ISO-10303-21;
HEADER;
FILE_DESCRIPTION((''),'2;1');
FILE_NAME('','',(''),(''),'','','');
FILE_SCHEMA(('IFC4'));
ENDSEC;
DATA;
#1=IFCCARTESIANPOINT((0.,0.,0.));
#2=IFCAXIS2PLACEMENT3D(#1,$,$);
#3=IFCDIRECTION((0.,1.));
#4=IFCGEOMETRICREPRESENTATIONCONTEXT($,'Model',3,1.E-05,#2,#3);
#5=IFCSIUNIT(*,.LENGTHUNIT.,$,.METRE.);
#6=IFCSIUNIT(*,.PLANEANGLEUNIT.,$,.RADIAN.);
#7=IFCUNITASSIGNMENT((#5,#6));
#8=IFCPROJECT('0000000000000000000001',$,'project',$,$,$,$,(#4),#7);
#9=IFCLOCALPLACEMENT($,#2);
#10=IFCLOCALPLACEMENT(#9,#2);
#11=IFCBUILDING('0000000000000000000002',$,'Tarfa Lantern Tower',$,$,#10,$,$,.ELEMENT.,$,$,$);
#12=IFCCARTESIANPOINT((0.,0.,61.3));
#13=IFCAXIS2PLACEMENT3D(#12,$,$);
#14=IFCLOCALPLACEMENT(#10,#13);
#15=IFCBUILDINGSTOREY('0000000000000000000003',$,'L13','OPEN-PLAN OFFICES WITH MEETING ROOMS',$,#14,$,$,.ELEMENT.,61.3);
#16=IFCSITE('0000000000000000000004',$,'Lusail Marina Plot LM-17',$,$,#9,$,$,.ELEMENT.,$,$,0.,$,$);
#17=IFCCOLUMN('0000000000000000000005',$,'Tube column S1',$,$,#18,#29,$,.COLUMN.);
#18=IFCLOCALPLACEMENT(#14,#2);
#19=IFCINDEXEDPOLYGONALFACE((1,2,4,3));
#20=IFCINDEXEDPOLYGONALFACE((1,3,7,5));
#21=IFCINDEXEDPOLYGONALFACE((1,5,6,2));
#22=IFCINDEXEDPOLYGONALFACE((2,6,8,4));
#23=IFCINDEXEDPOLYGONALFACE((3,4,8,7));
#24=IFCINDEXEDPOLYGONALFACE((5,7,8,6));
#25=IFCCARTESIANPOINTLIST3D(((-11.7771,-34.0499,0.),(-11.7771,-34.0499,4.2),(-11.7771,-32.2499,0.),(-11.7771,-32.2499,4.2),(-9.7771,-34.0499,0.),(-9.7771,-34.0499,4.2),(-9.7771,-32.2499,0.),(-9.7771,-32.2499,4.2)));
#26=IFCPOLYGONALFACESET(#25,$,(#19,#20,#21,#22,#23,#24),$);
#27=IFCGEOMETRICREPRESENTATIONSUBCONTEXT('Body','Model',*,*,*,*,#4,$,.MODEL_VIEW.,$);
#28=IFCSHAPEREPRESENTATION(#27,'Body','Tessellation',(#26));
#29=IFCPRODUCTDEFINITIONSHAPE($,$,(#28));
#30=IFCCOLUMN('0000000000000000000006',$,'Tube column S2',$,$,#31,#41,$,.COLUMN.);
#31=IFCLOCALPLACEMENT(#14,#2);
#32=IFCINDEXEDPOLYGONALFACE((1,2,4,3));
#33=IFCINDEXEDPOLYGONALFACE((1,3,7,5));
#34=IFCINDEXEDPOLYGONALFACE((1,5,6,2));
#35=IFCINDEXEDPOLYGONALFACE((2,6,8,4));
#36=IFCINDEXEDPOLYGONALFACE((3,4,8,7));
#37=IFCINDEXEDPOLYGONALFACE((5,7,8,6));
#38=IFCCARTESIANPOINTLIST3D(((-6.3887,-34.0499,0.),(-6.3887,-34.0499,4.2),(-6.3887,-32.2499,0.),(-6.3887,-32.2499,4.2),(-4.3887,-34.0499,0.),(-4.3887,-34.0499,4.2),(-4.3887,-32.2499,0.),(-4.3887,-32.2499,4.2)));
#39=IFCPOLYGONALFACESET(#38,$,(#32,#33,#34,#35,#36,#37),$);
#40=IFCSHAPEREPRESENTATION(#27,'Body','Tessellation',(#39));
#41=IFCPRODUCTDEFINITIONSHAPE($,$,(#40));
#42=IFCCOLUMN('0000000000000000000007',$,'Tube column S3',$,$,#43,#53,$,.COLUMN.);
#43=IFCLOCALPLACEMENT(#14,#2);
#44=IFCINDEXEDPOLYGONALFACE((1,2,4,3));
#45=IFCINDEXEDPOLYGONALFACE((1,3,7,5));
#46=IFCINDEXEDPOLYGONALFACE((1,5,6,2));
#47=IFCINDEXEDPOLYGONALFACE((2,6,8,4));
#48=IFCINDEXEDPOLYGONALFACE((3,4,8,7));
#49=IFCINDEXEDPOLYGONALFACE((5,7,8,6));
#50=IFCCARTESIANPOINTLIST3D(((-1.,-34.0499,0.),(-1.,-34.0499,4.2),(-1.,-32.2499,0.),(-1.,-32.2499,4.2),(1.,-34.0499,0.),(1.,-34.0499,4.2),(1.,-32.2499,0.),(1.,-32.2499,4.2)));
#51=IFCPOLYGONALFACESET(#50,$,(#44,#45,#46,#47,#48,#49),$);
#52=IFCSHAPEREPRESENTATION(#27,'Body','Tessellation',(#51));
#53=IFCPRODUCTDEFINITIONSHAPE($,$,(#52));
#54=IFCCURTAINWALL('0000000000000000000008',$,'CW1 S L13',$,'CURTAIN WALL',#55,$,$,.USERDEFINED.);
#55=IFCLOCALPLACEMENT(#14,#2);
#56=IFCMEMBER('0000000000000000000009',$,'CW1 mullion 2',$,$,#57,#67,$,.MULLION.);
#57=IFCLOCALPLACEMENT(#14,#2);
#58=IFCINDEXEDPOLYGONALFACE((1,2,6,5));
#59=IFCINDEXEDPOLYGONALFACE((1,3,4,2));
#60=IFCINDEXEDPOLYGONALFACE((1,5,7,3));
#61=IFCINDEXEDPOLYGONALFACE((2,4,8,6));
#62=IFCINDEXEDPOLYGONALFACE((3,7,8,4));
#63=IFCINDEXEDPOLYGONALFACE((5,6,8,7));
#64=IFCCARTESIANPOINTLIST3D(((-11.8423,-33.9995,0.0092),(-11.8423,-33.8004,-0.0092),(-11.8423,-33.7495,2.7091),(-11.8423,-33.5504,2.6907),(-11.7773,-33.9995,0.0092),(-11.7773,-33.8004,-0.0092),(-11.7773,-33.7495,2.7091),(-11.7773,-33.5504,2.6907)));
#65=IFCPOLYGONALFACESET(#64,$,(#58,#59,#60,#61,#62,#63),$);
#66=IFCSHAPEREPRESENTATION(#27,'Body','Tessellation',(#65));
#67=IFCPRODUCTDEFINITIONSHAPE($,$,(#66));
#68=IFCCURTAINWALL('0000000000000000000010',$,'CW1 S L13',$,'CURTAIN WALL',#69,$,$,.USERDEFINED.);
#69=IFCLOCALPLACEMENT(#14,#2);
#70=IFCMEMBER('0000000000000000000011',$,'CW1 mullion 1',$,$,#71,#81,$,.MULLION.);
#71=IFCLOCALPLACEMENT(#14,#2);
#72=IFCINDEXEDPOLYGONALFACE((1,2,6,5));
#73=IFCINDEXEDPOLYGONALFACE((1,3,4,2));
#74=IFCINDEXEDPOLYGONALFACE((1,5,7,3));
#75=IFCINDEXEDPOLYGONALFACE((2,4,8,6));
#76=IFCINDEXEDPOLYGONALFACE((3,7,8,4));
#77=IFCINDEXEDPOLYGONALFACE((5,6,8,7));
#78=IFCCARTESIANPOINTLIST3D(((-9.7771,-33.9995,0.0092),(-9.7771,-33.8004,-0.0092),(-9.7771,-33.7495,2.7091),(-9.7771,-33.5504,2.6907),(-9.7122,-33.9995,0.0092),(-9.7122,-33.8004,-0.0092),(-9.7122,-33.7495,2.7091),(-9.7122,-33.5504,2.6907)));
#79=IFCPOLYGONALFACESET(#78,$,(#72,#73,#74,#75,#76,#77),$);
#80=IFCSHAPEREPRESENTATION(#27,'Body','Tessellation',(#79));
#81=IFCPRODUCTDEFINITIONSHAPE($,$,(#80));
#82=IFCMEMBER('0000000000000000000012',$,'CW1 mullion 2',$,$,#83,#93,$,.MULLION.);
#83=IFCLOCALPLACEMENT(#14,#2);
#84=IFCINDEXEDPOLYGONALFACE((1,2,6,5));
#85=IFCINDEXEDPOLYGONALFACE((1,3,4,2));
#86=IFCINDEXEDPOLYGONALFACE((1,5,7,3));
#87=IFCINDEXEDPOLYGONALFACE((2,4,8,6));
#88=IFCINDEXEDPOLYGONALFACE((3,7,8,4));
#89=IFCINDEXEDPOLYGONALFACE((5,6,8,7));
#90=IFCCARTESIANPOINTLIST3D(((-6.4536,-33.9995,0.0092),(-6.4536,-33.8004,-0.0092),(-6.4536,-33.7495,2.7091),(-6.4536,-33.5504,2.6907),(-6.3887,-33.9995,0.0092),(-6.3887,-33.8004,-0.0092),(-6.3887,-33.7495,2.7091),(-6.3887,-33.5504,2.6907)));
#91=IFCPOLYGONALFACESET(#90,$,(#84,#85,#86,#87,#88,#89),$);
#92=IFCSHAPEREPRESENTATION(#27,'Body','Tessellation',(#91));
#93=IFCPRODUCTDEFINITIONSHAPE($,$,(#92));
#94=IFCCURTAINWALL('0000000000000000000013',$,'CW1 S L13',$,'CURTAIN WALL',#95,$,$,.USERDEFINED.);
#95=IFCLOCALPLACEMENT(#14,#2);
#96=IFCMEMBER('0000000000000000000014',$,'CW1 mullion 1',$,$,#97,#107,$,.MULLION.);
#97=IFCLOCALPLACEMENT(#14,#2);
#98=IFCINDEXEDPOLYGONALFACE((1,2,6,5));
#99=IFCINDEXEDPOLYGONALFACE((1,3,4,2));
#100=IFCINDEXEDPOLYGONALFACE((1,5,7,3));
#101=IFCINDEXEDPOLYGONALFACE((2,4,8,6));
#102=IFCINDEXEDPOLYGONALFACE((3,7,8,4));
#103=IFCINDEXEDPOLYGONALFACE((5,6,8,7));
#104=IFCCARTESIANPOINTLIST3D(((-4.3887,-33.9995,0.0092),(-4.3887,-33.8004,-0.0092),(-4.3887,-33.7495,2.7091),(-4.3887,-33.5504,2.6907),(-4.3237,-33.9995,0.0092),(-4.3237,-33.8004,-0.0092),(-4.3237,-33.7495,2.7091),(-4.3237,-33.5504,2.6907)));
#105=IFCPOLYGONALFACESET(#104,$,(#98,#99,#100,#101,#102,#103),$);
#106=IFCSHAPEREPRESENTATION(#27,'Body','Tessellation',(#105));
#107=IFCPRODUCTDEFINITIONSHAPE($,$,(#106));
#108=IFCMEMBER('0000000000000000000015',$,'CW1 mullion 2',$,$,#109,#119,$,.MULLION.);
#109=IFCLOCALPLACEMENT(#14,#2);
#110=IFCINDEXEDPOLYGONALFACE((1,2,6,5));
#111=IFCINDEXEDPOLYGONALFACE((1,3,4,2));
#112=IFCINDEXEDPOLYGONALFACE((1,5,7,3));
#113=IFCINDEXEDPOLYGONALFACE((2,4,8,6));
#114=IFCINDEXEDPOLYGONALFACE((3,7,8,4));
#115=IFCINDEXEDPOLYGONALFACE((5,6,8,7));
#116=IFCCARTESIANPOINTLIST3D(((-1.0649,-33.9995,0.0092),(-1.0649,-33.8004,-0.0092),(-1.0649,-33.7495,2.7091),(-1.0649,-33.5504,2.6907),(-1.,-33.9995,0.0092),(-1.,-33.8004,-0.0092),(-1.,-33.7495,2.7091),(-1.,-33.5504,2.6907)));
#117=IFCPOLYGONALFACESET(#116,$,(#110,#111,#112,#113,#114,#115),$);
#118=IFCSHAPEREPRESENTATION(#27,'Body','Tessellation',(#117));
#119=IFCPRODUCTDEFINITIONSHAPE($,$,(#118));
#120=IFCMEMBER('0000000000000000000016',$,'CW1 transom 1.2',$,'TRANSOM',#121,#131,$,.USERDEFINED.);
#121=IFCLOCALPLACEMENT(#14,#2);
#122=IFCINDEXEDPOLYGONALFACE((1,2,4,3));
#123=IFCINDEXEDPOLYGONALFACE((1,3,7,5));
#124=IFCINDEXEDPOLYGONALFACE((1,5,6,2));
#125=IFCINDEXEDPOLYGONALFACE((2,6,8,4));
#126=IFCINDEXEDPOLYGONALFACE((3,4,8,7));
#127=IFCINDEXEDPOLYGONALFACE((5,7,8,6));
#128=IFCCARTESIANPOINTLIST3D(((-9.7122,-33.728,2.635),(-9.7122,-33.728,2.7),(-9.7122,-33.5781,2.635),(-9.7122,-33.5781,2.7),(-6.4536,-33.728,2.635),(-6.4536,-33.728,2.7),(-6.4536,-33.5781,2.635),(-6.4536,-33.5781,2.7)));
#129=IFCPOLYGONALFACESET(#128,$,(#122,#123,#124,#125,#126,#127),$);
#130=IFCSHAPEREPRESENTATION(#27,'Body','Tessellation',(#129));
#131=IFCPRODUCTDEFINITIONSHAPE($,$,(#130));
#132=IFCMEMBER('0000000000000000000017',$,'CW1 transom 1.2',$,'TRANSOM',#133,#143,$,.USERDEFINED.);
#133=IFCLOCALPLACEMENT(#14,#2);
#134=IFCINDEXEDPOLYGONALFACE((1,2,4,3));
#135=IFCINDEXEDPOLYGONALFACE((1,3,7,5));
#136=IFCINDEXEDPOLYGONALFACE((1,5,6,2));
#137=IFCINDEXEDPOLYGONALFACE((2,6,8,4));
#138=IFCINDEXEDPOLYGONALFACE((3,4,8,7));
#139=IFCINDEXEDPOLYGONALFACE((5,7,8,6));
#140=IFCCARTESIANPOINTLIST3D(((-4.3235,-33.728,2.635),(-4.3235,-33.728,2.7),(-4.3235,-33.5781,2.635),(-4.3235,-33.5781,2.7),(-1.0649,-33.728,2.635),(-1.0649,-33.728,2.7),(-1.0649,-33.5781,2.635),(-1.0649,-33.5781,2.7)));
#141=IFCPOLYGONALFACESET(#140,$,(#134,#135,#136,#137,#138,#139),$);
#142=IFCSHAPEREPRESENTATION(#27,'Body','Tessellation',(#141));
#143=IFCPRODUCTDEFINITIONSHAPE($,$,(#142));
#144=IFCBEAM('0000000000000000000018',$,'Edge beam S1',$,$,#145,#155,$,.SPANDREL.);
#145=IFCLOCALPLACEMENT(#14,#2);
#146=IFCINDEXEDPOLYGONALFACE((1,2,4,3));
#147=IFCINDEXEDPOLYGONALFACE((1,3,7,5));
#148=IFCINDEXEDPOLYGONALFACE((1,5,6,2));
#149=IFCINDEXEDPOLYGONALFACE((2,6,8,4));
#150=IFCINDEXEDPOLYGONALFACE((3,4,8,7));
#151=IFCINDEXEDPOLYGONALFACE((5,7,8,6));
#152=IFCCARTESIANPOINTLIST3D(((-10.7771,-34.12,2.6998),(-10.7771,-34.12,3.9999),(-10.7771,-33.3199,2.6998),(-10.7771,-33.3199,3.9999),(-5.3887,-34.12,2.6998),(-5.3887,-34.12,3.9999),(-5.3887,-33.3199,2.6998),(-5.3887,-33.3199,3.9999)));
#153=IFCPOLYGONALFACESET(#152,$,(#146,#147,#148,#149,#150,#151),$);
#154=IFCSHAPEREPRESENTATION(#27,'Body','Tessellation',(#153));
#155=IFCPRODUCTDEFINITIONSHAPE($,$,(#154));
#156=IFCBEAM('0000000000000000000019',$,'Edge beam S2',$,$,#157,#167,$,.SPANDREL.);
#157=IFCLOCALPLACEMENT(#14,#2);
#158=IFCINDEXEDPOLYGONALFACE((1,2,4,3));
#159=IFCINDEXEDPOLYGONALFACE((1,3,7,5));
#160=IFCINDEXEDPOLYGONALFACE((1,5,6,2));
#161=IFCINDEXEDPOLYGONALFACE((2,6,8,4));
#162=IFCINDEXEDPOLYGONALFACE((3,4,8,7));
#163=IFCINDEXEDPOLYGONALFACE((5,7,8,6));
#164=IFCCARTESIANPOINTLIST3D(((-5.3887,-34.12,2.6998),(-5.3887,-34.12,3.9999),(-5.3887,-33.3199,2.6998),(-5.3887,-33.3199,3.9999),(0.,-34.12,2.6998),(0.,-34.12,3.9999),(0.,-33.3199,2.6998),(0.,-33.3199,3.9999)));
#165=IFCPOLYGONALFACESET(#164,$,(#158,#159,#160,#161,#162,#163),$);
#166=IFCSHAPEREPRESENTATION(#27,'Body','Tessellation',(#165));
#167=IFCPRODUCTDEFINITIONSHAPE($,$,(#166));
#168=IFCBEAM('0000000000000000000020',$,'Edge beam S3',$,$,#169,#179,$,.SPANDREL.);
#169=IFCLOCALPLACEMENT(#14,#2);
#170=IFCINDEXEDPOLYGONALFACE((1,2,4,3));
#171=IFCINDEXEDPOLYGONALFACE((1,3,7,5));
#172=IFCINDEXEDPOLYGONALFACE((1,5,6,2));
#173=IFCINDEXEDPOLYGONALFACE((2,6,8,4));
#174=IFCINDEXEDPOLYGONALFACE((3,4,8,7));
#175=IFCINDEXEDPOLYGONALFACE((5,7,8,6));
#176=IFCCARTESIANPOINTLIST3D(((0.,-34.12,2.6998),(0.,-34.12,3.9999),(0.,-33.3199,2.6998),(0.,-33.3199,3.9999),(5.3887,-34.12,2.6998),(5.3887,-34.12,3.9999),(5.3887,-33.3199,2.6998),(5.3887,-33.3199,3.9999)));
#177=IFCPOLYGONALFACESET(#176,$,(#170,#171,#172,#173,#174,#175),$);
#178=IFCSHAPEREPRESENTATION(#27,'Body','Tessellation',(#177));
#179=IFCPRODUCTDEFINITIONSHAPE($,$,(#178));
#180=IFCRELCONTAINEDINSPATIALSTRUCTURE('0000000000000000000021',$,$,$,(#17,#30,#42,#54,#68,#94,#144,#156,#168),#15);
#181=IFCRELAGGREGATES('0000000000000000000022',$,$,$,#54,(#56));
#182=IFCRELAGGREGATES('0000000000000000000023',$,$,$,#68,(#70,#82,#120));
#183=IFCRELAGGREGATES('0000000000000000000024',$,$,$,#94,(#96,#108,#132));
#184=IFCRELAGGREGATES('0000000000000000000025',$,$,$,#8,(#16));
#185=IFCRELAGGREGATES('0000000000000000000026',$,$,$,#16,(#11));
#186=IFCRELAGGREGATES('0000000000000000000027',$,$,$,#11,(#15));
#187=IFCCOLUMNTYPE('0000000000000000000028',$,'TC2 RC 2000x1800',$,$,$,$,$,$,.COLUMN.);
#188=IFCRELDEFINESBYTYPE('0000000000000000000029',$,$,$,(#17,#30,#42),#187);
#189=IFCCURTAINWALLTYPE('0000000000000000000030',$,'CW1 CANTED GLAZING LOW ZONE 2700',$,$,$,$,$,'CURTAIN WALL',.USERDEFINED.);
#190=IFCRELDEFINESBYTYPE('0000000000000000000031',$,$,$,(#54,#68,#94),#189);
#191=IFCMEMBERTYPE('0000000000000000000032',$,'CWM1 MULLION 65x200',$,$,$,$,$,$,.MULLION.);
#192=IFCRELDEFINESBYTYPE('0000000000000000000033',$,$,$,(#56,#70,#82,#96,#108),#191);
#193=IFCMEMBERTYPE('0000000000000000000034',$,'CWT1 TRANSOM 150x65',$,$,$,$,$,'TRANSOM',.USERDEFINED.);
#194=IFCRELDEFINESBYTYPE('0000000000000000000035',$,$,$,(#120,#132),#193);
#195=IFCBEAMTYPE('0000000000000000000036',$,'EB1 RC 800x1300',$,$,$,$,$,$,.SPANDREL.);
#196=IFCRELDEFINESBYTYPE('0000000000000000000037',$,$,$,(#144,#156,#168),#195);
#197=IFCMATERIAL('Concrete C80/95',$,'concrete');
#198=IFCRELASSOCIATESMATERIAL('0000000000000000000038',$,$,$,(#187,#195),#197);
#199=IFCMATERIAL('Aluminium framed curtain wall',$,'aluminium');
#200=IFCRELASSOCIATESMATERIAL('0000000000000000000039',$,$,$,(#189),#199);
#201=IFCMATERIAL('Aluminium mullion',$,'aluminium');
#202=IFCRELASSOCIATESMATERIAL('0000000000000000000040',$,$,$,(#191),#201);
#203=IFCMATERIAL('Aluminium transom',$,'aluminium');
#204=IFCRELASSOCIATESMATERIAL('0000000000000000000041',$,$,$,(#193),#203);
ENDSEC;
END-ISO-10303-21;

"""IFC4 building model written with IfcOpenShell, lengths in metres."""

from ifc_helpers import new_model, si_unit, direction, frame, origin, origin_2d, place, context, subcontext, project, spatial, rectangle, extrude, material, material_profile, profile_set, type_object, element, aggregate, save


model = new_model("IFC4")

# Units and contexts
model_context = context("Model", 3, precision=1e-05, world=origin(), true_north=direction((0.0, 1.0)))
body_context = subcontext(model_context, "Body", "Model", "MODEL_VIEW")
ifc_project = project(units=[si_unit("LENGTHUNIT", "METRE"), si_unit("PLANEANGLEUNIT", "RADIAN")], contexts=[model_context])

# Site, building, storey
site_placement = place(None, origin())
site = spatial("IfcSite", under=ifc_project, at=site_placement, Name="Lusail Marina Plot LM-17", CompositionType="ELEMENT", RefElevation=0.0)
building_placement = place(site_placement, origin())
building = spatial("IfcBuilding", under=site, at=building_placement, Name="Tarfa Lantern Tower", CompositionType="ELEMENT")
storey_placement = place(building_placement, frame((0.0, 0.0, 61.3)))
storey = spatial("IfcBuildingStorey", under=building, at=storey_placement, Name="L13", Description="OPEN-PLAN OFFICES WITH MEETING ROOMS", CompositionType="ELEMENT", Elevation=61.3)

# Columns
ifc_material_1 = material(Name="Concrete C80/95", Category="concrete")
ifc_material_profile_1 = material_profile(ifc_material_1, rectangle(XDim=2.0, YDim=1.8, at=origin_2d()), Name="RC 2000x1800")
ifc_profile_set_1 = profile_set([ifc_material_profile_1], Name="Concrete C80/95")
column_type = type_object("IfcColumnType", Name="TC2 RC 2000x1800", PredefinedType="COLUMN", material=ifc_profile_set_1)
for number, where, z_axis, x_axis, name in (
    (1, (-10.7771, -33.1499, 0.0), (0.0, 0.0, 1.0), (1.0, 0.0, 0.0), "Tube column S1"),
    (2, (-5.3887, -33.1499, 0.0), (0.0, 0.0, 1.0), (1.0, 0.0, 0.0), "Tube column S2"),
    (3, (0.0, -33.1499, 0.0), (0.0, 0.0, 1.0), (1.0, 0.0, 0.0), "Tube column S3"),
):
    element("IfcColumn", number, at=place(storey_placement, frame(where, z_axis=z_axis, x_axis=x_axis)), inside=storey, type_object=column_type, Name=name, PredefinedType="COLUMN", context=body_context, shape_type="SweptSolid", body=[
        extrude(rectangle(XDim=2.0, YDim=1.8, at=origin_2d()), origin(), (0.0, 0.0, 1.0), 4.2),
    ])

# Curtain wall, member
ifc_material_2 = material(Name="Aluminium framed curtain wall", Category="aluminium")
curtain_wall_type = type_object("IfcCurtainWallType", Name="CW1 CANTED GLAZING LOW ZONE 2700", ElementType="CURTAIN WALL", PredefinedType="USERDEFINED", material=ifc_material_2)
curtain_wall_1_placement = place(storey_placement, origin())
curtain_wall_1 = element("IfcCurtainWall", 4, at=curtain_wall_1_placement, inside=storey, type_object=curtain_wall_type, Name="CW1 S L13", ObjectType="CURTAIN WALL", PredefinedType="USERDEFINED")
ifc_material_3 = material(Name="Aluminium mullion", Category="aluminium")
ifc_material_profile_2 = material_profile(ifc_material_3, rectangle(XDim=0.0649, YDim=0.2, at=origin_2d()), Name="AL MULLION 65x200")
ifc_profile_set_2 = profile_set([ifc_material_profile_2], Name="Aluminium mullion")
member_type_1 = type_object("IfcMemberType", Name="CWM1 MULLION 65x200", PredefinedType="MULLION", material=ifc_profile_set_2)
member_1_placement = place(storey_placement, frame((-11.8098, -33.8999, 0.0), z_axis=(0.0, 0.0922, 0.995741), x_axis=(-1.0, 0.0, 0.0)))
member_1 = element("IfcMember", 5, at=member_1_placement, type_object=member_type_1, Name="CW1 mullion 2", PredefinedType="MULLION", context=body_context, shape_type="SweptSolid", body=[
    extrude(rectangle(XDim=0.0649, YDim=0.2, at=origin_2d()), origin(), (0.0, 0.0, 1.0), 2.7114),
])
aggregate(curtain_wall_1, [member_1])

# Curtain walls, members
curtain_wall_2_placement = place(storey_placement, origin())
curtain_wall_2 = element("IfcCurtainWall", 6, at=curtain_wall_2_placement, inside=storey, type_object=curtain_wall_type, Name="CW1 S L13", ObjectType="CURTAIN WALL", PredefinedType="USERDEFINED")
member_2_placement = place(storey_placement, frame((-9.7446, -33.8999, 0.0), z_axis=(0.0, 0.0922, 0.995741), x_axis=(-1.0, 0.0, 0.0)))
member_2 = element("IfcMember", 7, at=member_2_placement, type_object=member_type_1, Name="CW1 mullion 1", PredefinedType="MULLION", context=body_context, shape_type="SweptSolid", body=[
    extrude(rectangle(XDim=0.0649, YDim=0.2, at=origin_2d()), origin(), (0.0, 0.0, 1.0), 2.7114),
])
member_3_placement = place(storey_placement, frame((-6.4211, -33.8999, 0.0), z_axis=(0.0, 0.0922, 0.995741), x_axis=(-1.0, 0.0, 0.0)))
member_3 = element("IfcMember", 8, at=member_3_placement, type_object=member_type_1, Name="CW1 mullion 2", PredefinedType="MULLION", context=body_context, shape_type="SweptSolid", body=[
    extrude(rectangle(XDim=0.0649, YDim=0.2, at=origin_2d()), origin(), (0.0, 0.0, 1.0), 2.7114),
])
curtain_wall_3_placement = place(storey_placement, origin())
curtain_wall_3 = element("IfcCurtainWall", 9, at=curtain_wall_3_placement, inside=storey, type_object=curtain_wall_type, Name="CW1 S L13", ObjectType="CURTAIN WALL", PredefinedType="USERDEFINED")
member_4_placement = place(storey_placement, frame((-4.3562, -33.8999, 0.0), z_axis=(0.0, 0.0922, 0.995741), x_axis=(-1.0, 0.0, 0.0)))
member_4 = element("IfcMember", 10, at=member_4_placement, type_object=member_type_1, Name="CW1 mullion 1", PredefinedType="MULLION", context=body_context, shape_type="SweptSolid", body=[
    extrude(rectangle(XDim=0.0649, YDim=0.2, at=origin_2d()), origin(), (0.0, 0.0, 1.0), 2.7114),
])
member_5_placement = place(storey_placement, frame((-1.0325, -33.8999, 0.0), z_axis=(0.0, 0.0922, 0.995741), x_axis=(-1.0, 0.0, 0.0)))
member_5 = element("IfcMember", 11, at=member_5_placement, type_object=member_type_1, Name="CW1 mullion 2", PredefinedType="MULLION", context=body_context, shape_type="SweptSolid", body=[
    extrude(rectangle(XDim=0.0649, YDim=0.2, at=origin_2d()), origin(), (0.0, 0.0, 1.0), 2.7114),
])

# Members
ifc_material_4 = material(Name="Aluminium transom", Category="aluminium")
ifc_material_profile_3 = material_profile(ifc_material_4, rectangle(XDim=0.1499, YDim=0.0649, at=origin_2d()), Name="AL TRANSOM 150x65")
ifc_profile_set_3 = profile_set([ifc_material_profile_3], Name="Aluminium transom")
member_type_2 = type_object("IfcMemberType", Name="CWT1 TRANSOM 150x65", ElementType="TRANSOM", PredefinedType="USERDEFINED", material=ifc_profile_set_3)
member_6_placement = place(storey_placement, frame((-9.7122, -33.6531, 2.6675), z_axis=(1.0, 0.0, 0.0), x_axis=(0.0, 1.0, 0.0)))
member_6 = element("IfcMember", 12, at=member_6_placement, type_object=member_type_2, Name="CW1 transom 1.2", ObjectType="TRANSOM", PredefinedType="USERDEFINED", context=body_context, shape_type="SweptSolid", body=[
    extrude(rectangle(XDim=0.1499, YDim=0.0649, at=origin_2d()), origin(), (0.0, 0.0, 1.0), 3.2585),
])
member_7_placement = place(storey_placement, frame((-4.3235, -33.6531, 2.6675), z_axis=(1.0, 0.0, 0.0), x_axis=(0.0, 1.0, 0.0)))
member_7 = element("IfcMember", 13, at=member_7_placement, type_object=member_type_2, Name="CW1 transom 1.2", ObjectType="TRANSOM", PredefinedType="USERDEFINED", context=body_context, shape_type="SweptSolid", body=[
    extrude(rectangle(XDim=0.1499, YDim=0.0649, at=origin_2d()), origin(), (0.0, 0.0, 1.0), 3.2585),
])

# Beams
ifc_material_profile_4 = material_profile(ifc_material_1, rectangle(XDim=0.8, YDim=1.3, at=origin_2d()), Name="RC 800x1300")
ifc_profile_set_4 = profile_set([ifc_material_profile_4], Name="Concrete C80/95")
beam_type_1 = type_object("IfcBeamType", Name="EB1 RC 800x1300", PredefinedType="SPANDREL", material=ifc_profile_set_4)
beam_placement = place(storey_placement, frame((-10.7771, -33.72, 3.3499), z_axis=(1.0, 0.0, 0.0), x_axis=(0.0, 1.0, 0.0)))
element("IfcBeam", 14, at=beam_placement, inside=storey, type_object=beam_type_1, Name="Edge beam S1", PredefinedType="SPANDREL", context=body_context, shape_type="SweptSolid", body=[
    extrude(rectangle(XDim=0.8, YDim=1.3, at=origin_2d()), origin(), (0.0, 0.0, 1.0), 5.3884),
])
for number, where, z_axis, x_axis, name in (
    (15, (-5.3887, -33.72, 3.3499), (1.0, 0.0, 0.0), (0.0, 1.0, 0.0), "Edge beam S2"),
    (16, (0.0, -33.72, 3.3499), (1.0, 0.0, 0.0), (0.0, 1.0, 0.0), "Edge beam S3"),
):
    element("IfcBeam", number, at=place(storey_placement, frame(where, z_axis=z_axis, x_axis=x_axis)), inside=storey, type_object=beam_type_1, Name=name, PredefinedType="SPANDREL", context=body_context, shape_type="SweptSolid", body=[
        extrude(rectangle(XDim=0.8, YDim=1.3, at=origin_2d()), origin(), (0.0, 0.0, 1.0), 5.3887),
    ])

aggregate(curtain_wall_2, [member_2, member_3, member_6])
aggregate(curtain_wall_3, [member_4, member_5, member_7])

save(model, "model.ifc")
